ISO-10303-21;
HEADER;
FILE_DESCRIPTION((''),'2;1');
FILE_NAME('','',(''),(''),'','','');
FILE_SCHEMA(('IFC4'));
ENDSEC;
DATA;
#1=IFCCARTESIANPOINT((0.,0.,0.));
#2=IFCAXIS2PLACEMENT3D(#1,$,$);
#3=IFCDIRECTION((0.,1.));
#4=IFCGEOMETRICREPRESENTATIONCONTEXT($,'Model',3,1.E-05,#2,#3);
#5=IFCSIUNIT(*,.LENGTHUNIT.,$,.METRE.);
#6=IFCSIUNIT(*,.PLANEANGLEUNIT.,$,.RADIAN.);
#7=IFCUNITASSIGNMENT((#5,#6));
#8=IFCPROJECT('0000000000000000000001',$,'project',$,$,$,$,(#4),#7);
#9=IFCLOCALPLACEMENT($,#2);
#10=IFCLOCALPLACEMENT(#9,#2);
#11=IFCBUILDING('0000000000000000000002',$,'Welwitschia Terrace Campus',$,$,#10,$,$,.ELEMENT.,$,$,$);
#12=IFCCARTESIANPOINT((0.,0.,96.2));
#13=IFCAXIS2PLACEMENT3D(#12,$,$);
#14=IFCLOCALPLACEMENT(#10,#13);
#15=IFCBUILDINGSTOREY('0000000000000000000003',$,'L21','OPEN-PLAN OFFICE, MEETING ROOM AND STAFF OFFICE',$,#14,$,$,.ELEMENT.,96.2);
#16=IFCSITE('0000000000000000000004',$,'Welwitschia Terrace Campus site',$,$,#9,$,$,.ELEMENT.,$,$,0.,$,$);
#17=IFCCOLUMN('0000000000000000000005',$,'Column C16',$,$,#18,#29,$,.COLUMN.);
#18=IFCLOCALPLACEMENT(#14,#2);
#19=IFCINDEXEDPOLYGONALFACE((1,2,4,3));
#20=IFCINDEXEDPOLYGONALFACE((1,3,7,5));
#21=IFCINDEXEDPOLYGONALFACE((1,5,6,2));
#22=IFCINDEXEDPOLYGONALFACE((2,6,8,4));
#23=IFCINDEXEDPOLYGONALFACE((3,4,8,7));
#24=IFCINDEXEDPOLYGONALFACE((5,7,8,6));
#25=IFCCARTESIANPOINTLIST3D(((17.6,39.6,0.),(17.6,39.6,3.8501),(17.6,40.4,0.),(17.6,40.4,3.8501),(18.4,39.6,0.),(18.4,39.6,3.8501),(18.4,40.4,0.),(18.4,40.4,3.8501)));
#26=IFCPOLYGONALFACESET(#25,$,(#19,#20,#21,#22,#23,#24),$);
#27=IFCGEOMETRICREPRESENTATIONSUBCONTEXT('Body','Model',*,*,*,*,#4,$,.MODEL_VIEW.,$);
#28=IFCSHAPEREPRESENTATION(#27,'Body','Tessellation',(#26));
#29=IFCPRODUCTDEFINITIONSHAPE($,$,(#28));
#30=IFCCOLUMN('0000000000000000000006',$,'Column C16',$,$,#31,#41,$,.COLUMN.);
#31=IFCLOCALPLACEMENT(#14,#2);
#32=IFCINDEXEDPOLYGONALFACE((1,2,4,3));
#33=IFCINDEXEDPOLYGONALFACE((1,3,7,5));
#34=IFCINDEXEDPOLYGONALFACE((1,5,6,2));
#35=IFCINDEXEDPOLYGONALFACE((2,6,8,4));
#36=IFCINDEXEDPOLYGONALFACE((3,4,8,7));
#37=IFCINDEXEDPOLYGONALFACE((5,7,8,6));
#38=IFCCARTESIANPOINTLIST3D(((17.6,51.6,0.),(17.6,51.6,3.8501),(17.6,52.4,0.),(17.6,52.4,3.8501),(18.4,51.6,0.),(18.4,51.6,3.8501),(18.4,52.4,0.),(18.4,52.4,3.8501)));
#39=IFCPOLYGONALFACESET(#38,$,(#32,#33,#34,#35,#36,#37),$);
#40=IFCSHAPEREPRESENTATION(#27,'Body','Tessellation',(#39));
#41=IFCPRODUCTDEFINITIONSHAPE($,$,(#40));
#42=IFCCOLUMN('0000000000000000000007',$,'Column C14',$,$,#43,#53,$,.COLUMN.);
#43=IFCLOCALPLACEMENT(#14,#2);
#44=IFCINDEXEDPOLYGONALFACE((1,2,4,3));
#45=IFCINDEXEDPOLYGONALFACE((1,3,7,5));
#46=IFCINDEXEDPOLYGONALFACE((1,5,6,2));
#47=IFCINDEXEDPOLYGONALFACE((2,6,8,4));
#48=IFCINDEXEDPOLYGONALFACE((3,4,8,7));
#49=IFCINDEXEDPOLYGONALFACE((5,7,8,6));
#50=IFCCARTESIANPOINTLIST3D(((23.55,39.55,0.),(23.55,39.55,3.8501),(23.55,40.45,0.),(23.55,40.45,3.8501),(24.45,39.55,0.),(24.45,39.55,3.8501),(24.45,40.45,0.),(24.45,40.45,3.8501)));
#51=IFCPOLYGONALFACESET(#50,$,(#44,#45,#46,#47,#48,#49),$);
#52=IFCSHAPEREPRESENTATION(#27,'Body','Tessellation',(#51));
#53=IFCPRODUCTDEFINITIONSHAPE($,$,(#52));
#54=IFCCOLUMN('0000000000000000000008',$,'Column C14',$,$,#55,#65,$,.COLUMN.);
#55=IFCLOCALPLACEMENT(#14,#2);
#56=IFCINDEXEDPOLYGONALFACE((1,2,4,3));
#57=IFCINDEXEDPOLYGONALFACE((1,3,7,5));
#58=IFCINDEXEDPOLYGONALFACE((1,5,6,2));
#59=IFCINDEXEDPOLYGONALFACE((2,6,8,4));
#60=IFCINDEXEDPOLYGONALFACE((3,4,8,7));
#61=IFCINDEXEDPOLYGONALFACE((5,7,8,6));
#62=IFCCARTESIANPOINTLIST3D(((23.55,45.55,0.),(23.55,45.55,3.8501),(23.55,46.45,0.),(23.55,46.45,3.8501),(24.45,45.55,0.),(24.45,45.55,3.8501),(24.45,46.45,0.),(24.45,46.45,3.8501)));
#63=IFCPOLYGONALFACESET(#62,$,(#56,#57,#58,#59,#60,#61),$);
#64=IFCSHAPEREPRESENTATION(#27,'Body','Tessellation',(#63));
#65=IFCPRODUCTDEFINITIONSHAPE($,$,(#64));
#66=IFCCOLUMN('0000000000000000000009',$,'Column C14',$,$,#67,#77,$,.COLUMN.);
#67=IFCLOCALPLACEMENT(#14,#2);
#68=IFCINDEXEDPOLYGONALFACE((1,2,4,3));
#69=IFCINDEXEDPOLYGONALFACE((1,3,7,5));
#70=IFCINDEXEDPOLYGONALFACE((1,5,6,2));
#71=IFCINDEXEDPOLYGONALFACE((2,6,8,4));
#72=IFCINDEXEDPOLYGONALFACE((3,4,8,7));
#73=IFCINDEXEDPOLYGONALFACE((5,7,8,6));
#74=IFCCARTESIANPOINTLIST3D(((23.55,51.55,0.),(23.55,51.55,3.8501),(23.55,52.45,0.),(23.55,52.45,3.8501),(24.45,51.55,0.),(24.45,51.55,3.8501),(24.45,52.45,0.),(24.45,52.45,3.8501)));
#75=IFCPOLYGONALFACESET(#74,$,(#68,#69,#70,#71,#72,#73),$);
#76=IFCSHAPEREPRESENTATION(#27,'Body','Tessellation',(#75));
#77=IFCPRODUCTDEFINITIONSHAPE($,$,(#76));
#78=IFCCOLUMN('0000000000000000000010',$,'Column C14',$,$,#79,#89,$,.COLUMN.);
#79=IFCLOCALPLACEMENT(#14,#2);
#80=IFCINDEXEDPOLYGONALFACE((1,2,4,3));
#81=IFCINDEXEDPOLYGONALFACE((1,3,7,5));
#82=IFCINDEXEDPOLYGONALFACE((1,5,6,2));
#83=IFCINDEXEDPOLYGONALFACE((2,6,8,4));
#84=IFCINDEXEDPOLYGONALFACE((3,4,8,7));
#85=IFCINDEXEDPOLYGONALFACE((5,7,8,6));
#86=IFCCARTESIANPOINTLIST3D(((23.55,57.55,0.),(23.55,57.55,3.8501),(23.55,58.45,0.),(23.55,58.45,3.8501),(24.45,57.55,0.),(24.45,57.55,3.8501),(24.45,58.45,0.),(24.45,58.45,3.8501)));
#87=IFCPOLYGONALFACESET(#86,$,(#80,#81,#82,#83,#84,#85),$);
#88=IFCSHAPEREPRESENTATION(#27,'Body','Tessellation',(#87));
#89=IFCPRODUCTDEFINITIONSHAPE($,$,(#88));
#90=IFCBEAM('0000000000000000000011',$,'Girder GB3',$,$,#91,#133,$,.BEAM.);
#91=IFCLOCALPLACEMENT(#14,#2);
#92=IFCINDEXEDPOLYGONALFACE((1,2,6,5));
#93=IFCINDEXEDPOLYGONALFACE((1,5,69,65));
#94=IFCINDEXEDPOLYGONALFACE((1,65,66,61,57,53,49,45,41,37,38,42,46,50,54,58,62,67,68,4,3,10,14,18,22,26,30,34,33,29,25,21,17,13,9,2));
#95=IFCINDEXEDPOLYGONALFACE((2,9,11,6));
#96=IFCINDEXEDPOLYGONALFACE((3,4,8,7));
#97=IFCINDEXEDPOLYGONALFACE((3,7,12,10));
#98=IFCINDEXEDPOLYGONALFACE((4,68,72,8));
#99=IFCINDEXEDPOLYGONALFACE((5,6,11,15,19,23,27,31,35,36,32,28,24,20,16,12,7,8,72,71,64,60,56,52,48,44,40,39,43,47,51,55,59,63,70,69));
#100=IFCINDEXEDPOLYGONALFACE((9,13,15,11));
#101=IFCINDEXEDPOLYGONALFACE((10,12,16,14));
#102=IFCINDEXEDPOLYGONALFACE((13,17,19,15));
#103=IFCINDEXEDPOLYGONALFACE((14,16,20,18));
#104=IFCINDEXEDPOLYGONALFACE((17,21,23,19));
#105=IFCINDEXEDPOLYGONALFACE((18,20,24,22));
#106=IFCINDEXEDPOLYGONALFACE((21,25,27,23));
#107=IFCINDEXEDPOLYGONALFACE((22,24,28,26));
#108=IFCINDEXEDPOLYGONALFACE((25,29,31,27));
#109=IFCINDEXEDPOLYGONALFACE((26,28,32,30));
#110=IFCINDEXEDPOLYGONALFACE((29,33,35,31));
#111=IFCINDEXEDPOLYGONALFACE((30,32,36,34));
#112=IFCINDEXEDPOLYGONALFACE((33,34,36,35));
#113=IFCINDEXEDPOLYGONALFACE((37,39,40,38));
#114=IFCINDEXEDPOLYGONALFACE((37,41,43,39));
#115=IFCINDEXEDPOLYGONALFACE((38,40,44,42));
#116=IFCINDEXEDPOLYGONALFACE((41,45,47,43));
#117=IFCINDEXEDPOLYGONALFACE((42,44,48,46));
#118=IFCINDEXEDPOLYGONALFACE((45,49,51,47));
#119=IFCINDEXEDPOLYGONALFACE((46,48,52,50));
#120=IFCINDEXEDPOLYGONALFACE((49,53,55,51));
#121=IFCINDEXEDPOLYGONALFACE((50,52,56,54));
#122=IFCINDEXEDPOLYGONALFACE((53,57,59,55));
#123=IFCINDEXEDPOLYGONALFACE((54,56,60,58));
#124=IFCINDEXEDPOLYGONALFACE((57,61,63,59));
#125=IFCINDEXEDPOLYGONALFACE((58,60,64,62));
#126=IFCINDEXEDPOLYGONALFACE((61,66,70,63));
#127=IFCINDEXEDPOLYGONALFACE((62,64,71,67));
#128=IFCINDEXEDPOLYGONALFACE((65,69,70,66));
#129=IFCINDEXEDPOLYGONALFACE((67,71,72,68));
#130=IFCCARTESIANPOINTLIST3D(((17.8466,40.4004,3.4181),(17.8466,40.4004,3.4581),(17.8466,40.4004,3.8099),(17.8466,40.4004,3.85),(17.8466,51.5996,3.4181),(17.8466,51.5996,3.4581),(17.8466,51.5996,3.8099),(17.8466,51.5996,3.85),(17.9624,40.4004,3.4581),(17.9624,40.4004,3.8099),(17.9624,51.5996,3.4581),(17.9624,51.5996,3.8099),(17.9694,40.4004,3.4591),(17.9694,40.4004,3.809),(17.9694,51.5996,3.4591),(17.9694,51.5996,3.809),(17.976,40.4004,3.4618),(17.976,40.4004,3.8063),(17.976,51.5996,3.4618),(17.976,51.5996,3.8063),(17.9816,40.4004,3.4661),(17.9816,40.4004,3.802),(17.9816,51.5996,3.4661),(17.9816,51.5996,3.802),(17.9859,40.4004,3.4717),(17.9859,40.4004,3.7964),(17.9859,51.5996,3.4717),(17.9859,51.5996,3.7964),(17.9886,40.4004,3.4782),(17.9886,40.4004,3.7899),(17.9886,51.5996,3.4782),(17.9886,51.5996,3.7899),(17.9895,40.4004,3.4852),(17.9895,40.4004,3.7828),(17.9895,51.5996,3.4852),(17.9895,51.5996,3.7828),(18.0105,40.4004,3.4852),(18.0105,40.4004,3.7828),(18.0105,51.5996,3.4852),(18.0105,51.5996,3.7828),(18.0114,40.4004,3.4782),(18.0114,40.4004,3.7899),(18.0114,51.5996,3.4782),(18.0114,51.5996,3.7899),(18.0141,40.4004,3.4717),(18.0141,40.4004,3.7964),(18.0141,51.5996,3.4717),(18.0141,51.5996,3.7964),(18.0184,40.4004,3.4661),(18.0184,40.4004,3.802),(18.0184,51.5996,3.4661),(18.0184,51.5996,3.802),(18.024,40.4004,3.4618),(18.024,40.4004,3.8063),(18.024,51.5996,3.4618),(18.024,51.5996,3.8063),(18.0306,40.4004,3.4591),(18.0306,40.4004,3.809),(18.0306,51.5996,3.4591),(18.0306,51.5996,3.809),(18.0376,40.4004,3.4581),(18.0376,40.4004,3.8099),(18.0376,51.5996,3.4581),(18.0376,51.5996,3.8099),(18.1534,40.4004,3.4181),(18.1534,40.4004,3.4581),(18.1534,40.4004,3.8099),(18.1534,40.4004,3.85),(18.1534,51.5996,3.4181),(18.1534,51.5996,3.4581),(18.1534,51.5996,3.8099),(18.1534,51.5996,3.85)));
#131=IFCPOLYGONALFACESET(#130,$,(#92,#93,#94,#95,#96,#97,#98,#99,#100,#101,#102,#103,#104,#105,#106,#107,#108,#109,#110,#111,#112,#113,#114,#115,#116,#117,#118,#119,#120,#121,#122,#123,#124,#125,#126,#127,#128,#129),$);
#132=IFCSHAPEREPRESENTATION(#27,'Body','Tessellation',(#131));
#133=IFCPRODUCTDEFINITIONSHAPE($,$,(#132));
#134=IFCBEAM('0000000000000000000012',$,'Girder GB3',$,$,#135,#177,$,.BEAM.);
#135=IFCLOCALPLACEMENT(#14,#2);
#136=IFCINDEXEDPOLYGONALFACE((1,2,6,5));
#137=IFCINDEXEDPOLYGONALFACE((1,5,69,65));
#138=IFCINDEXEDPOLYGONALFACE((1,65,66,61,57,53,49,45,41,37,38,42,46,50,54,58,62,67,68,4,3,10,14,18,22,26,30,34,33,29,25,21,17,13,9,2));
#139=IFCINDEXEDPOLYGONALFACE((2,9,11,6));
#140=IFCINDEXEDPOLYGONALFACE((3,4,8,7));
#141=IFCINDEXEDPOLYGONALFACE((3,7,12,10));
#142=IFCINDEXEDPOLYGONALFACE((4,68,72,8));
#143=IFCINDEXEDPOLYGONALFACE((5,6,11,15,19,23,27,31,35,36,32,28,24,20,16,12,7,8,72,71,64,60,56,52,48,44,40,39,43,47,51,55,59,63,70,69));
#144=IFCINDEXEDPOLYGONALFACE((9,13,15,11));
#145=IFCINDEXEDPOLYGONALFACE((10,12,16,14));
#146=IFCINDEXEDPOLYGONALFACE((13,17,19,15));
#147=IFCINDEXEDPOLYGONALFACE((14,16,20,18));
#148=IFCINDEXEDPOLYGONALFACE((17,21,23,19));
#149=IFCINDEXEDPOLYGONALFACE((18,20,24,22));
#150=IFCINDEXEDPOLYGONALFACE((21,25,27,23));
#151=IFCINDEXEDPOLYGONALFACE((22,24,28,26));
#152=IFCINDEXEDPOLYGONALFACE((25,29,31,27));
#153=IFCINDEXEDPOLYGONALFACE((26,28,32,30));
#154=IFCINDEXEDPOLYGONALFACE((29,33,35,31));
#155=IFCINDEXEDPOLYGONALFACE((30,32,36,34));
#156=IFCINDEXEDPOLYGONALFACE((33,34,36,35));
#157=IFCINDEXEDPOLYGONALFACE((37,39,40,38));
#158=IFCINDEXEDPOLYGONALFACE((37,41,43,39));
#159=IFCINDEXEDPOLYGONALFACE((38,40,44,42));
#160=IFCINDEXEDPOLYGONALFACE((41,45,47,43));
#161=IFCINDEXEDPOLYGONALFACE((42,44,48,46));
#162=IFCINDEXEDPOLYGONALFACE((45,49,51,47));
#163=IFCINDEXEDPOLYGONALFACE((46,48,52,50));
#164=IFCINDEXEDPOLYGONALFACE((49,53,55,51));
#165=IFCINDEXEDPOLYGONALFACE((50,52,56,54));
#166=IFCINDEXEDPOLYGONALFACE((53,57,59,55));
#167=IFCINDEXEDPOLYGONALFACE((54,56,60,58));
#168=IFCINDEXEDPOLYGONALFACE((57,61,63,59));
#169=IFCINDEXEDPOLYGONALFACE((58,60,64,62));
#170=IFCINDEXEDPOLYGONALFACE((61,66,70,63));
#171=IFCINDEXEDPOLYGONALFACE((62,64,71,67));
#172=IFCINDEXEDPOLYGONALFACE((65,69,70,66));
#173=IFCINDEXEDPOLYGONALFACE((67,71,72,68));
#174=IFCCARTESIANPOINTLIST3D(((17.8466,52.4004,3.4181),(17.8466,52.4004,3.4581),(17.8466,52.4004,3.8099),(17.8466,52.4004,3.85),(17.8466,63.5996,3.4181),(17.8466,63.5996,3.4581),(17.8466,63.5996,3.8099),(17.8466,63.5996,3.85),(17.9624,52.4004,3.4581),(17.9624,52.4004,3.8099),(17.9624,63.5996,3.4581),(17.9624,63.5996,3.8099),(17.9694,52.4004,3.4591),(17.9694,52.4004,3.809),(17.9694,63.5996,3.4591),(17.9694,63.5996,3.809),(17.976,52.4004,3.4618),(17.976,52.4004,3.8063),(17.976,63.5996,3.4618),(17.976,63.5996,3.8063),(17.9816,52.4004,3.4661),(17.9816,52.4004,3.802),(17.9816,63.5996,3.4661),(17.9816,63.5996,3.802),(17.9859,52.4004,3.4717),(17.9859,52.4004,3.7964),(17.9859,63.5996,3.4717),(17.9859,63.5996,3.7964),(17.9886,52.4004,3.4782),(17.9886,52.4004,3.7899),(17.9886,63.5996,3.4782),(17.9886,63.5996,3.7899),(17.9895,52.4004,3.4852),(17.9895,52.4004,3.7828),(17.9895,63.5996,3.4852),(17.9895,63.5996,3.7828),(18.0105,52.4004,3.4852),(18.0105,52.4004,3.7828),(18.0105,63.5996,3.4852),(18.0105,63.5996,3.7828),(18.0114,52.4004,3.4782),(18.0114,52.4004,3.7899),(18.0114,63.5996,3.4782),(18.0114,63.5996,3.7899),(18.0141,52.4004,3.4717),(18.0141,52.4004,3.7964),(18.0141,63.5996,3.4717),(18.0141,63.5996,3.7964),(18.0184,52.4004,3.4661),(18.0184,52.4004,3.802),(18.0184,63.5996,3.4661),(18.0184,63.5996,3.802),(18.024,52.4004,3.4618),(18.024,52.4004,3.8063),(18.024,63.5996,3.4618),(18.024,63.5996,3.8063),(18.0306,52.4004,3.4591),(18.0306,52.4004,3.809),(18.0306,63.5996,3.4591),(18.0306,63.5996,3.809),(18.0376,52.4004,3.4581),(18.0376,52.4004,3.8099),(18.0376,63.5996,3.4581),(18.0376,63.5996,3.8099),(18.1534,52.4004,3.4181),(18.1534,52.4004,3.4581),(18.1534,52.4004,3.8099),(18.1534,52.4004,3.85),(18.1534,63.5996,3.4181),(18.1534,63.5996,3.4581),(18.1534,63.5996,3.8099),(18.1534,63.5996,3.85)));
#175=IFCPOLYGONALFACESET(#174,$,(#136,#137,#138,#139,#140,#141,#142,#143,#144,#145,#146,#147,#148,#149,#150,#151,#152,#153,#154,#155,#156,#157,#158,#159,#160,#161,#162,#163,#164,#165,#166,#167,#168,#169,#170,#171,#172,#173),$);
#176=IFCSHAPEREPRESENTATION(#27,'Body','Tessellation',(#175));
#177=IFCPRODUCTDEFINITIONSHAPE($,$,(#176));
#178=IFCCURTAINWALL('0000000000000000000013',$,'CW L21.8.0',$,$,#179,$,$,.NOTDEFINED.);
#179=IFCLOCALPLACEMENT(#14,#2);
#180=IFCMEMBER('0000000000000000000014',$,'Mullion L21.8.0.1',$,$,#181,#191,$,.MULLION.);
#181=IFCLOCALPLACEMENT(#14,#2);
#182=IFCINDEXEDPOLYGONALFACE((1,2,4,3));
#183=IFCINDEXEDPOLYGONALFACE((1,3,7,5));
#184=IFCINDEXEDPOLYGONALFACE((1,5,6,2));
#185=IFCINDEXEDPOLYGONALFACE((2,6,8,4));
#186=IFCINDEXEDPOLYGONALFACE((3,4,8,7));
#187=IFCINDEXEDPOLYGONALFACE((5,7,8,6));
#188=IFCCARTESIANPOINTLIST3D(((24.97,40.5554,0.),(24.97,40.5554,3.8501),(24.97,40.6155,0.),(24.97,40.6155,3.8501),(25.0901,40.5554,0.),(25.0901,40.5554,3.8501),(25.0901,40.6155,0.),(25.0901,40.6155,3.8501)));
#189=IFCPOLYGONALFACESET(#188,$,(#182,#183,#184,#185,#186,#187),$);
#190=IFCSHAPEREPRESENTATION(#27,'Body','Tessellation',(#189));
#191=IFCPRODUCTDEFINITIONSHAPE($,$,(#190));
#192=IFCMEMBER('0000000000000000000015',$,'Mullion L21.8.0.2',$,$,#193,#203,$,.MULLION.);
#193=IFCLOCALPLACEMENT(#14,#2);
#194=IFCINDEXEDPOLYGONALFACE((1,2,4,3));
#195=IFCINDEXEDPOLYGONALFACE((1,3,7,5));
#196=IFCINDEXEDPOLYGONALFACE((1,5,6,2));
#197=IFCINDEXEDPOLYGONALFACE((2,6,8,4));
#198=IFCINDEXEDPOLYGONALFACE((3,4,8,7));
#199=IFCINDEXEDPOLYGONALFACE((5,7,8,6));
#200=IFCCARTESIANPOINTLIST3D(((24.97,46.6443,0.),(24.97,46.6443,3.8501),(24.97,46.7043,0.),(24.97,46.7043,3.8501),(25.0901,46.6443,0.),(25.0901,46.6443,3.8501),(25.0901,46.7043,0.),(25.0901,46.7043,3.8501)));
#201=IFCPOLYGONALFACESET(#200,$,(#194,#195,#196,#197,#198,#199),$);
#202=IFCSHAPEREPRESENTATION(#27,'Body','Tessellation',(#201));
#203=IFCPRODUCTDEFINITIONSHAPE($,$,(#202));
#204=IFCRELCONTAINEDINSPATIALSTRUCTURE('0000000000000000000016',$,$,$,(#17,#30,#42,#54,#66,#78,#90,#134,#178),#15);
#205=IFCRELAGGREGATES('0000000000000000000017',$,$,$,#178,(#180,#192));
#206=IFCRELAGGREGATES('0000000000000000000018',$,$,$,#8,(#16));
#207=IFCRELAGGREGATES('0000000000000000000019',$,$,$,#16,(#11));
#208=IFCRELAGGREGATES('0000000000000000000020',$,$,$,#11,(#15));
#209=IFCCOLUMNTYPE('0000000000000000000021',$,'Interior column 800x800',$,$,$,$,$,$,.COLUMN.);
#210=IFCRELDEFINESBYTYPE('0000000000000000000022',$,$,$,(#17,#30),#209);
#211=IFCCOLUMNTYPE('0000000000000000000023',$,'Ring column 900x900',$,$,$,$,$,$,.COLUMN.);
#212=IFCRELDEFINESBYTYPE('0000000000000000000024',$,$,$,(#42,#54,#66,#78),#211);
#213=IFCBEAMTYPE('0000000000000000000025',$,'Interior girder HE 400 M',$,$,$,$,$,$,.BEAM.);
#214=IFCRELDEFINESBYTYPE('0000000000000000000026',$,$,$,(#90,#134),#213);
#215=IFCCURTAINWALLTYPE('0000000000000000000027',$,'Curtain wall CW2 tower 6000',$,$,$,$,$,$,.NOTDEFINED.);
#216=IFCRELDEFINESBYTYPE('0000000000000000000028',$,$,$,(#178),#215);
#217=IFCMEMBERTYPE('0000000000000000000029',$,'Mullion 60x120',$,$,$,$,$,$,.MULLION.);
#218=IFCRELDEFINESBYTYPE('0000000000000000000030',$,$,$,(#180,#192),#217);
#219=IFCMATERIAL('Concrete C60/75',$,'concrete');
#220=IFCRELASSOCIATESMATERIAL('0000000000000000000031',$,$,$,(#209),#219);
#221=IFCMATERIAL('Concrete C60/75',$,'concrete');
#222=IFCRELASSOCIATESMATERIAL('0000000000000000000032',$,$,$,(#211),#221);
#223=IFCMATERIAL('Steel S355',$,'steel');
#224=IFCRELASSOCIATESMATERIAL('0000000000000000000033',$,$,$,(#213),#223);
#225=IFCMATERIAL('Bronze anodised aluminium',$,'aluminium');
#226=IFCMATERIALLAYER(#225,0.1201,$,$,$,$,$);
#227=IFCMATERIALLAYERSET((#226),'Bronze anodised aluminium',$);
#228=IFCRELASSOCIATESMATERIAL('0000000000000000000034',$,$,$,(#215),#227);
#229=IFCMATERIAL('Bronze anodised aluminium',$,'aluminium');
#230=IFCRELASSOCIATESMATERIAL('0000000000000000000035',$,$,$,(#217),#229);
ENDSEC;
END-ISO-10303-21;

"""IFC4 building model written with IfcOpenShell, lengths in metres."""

from ifc_helpers import new_model, si_unit, direction, frame, origin, origin_2d, place, context, subcontext, project, spatial, rectangle, i_section, extrude, material, layer, layer_set, material_profile, profile_set, type_object, element, aggregate, save


model = new_model("IFC4")

# Units and contexts
model_context = context("Model", 3, precision=1e-05, world=origin(), true_north=direction((0.0, 1.0)))
body_context = subcontext(model_context, "Body", "Model", "MODEL_VIEW")
ifc_project = project(units=[si_unit("LENGTHUNIT", "METRE"), si_unit("PLANEANGLEUNIT", "RADIAN")], contexts=[model_context])

# Site, building, storey
site_placement = place(None, origin())
site = spatial("IfcSite", under=ifc_project, at=site_placement, Name="Welwitschia Terrace Campus site", CompositionType="ELEMENT", RefElevation=0.0)
building_placement = place(site_placement, origin())
building = spatial("IfcBuilding", under=site, at=building_placement, Name="Welwitschia Terrace Campus", CompositionType="ELEMENT")
storey_placement = place(building_placement, frame((0.0, 0.0, 96.2)))
storey = spatial("IfcBuildingStorey", under=building, at=storey_placement, Name="L21", Description="OPEN-PLAN OFFICE, MEETING ROOM AND STAFF OFFICE", CompositionType="ELEMENT", Elevation=96.2)

# Columns
ifc_material_1 = material(Name="Concrete C60/75", Category="concrete")
ifc_material_profile_1 = material_profile(ifc_material_1, rectangle(XDim=0.8, YDim=0.8, at=origin_2d()))
ifc_profile_set_1 = profile_set([ifc_material_profile_1], Name="Concrete C60/75")
column_type_1 = type_object("IfcColumnType", Name="Interior column 800x800", PredefinedType="COLUMN", material=ifc_profile_set_1)
for number, where, z_axis, x_axis, name in (
    (1, (18.0, 40.0, 0.0), (0.0, 0.0, 1.0), (1.0, 0.0, 0.0), "Column C16"),
    (2, (18.0, 52.0, 0.0), (0.0, 0.0, 1.0), (1.0, 0.0, 0.0), "Column C16"),
):
    element("IfcColumn", number, at=place(storey_placement, frame(where, z_axis=z_axis, x_axis=x_axis)), inside=storey, type_object=column_type_1, Name=name, PredefinedType="COLUMN", context=body_context, shape_type="SweptSolid", body=[
        extrude(rectangle(XDim=0.8, YDim=0.8, at=origin_2d()), origin(), (0.0, 0.0, 1.0), 3.8501),
    ])
ifc_material_2 = material(Name="Concrete C60/75", Category="concrete")
ifc_material_profile_2 = material_profile(ifc_material_2, rectangle(XDim=0.8999, YDim=0.8999, at=origin_2d()))
ifc_profile_set_2 = profile_set([ifc_material_profile_2], Name="Concrete C60/75")
column_type_2 = type_object("IfcColumnType", Name="Ring column 900x900", PredefinedType="COLUMN", material=ifc_profile_set_2)
for number, where, z_axis, x_axis, name in (
    (3, (24.0, 40.0, 0.0), (0.0, 0.0, 1.0), (1.0, 0.0, 0.0), "Column C14"),
    (4, (24.0, 46.0, 0.0), (0.0, 0.0, 1.0), (1.0, 0.0, 0.0), "Column C14"),
    (5, (24.0, 52.0, 0.0), (0.0, 0.0, 1.0), (1.0, 0.0, 0.0), "Column C14"),
    (6, (24.0, 58.0, 0.0), (0.0, 0.0, 1.0), (1.0, 0.0, 0.0), "Column C14"),
):
    element("IfcColumn", number, at=place(storey_placement, frame(where, z_axis=z_axis, x_axis=x_axis)), inside=storey, type_object=column_type_2, Name=name, PredefinedType="COLUMN", context=body_context, shape_type="SweptSolid", body=[
        extrude(rectangle(XDim=0.8999, YDim=0.8999, at=origin_2d()), origin(), (0.0, 0.0, 1.0), 3.8501),
    ])

# Beams
ifc_material_3 = material(Name="Steel S355", Category="steel")
ifc_material_profile_3 = material_profile(ifc_material_3, i_section(OverallWidth=0.3069, OverallDepth=0.4319, WebThickness=0.021, FlangeThickness=0.04, FilletRadius=0.0271, at=origin_2d()))
ifc_profile_set_3 = profile_set([ifc_material_profile_3], Name="Steel S355")
beam_type_1 = type_object("IfcBeamType", Name="Interior girder HE 400 M", PredefinedType="BEAM", material=ifc_profile_set_3)
for number, where, z_axis, x_axis, name in (
    (7, (18.0, 40.4004, 3.634), (0.0, 1.0, 0.0), (-1.0, 0.0, 0.0), "Girder GB3"),
    (8, (18.0, 52.4004, 3.634), (0.0, 1.0, 0.0), (-1.0, 0.0, 0.0), "Girder GB3"),
):
    element("IfcBeam", number, at=place(storey_placement, frame(where, z_axis=z_axis, x_axis=x_axis)), inside=storey, type_object=beam_type_1, Name=name, PredefinedType="BEAM", context=body_context, shape_type="SweptSolid", body=[
        extrude(i_section(OverallWidth=0.3069, OverallDepth=0.4319, WebThickness=0.021, FlangeThickness=0.04, FilletRadius=0.0271, at=origin_2d()), origin(), (0.0, 0.0, 1.0), 11.1992),
    ])

# Curtain wall, members
ifc_material_4 = material(Name="Bronze anodised aluminium", Category="aluminium")
ifc_layer_1 = layer(ifc_material_4, 0.1201)
ifc_layer_set_1 = layer_set([ifc_layer_1], Name="Bronze anodised aluminium")
curtain_wall_type = type_object("IfcCurtainWallType", Name="Curtain wall CW2 tower 6000", PredefinedType="NOTDEFINED", material=ifc_layer_set_1)
curtain_wall_placement = place(storey_placement, origin())
curtain_wall = element("IfcCurtainWall", 9, at=curtain_wall_placement, inside=storey, type_object=curtain_wall_type, Name="CW L21.8.0", PredefinedType="NOTDEFINED")
ifc_material_5 = material(Name="Bronze anodised aluminium", Category="aluminium")
ifc_material_profile_4 = material_profile(ifc_material_5, rectangle(XDim=0.1201, YDim=0.0601, at=origin_2d()))
ifc_profile_set_4 = profile_set([ifc_material_profile_4], Name="Bronze anodised aluminium")
member_type_1 = type_object("IfcMemberType", Name="Mullion 60x120", PredefinedType="MULLION", material=ifc_profile_set_4)
member_1_placement = place(storey_placement, frame((25.03, 40.5854, 0.0), z_axis=(0.0, 0.0, 1.0), x_axis=(-1.0, 0.0, 0.0)))
member_1 = element("IfcMember", 10, at=member_1_placement, type_object=member_type_1, Name="Mullion L21.8.0.1", PredefinedType="MULLION", context=body_context, shape_type="SweptSolid", body=[
    extrude(rectangle(XDim=0.1201, YDim=0.0601, at=origin_2d()), origin(), (0.0, 0.0, 1.0), 3.8501),
])
member_2_placement = place(storey_placement, frame((25.03, 46.6743, 0.0), z_axis=(0.0, 0.0, 1.0), x_axis=(-1.0, 0.0, 0.0)))
member_2 = element("IfcMember", 11, at=member_2_placement, type_object=member_type_1, Name="Mullion L21.8.0.2", PredefinedType="MULLION", context=body_context, shape_type="SweptSolid", body=[
    extrude(rectangle(XDim=0.1201, YDim=0.0601, at=origin_2d()), origin(), (0.0, 0.0, 1.0), 3.8501),
])

aggregate(curtain_wall, [member_1, member_2])

save(model, "model.ifc")
